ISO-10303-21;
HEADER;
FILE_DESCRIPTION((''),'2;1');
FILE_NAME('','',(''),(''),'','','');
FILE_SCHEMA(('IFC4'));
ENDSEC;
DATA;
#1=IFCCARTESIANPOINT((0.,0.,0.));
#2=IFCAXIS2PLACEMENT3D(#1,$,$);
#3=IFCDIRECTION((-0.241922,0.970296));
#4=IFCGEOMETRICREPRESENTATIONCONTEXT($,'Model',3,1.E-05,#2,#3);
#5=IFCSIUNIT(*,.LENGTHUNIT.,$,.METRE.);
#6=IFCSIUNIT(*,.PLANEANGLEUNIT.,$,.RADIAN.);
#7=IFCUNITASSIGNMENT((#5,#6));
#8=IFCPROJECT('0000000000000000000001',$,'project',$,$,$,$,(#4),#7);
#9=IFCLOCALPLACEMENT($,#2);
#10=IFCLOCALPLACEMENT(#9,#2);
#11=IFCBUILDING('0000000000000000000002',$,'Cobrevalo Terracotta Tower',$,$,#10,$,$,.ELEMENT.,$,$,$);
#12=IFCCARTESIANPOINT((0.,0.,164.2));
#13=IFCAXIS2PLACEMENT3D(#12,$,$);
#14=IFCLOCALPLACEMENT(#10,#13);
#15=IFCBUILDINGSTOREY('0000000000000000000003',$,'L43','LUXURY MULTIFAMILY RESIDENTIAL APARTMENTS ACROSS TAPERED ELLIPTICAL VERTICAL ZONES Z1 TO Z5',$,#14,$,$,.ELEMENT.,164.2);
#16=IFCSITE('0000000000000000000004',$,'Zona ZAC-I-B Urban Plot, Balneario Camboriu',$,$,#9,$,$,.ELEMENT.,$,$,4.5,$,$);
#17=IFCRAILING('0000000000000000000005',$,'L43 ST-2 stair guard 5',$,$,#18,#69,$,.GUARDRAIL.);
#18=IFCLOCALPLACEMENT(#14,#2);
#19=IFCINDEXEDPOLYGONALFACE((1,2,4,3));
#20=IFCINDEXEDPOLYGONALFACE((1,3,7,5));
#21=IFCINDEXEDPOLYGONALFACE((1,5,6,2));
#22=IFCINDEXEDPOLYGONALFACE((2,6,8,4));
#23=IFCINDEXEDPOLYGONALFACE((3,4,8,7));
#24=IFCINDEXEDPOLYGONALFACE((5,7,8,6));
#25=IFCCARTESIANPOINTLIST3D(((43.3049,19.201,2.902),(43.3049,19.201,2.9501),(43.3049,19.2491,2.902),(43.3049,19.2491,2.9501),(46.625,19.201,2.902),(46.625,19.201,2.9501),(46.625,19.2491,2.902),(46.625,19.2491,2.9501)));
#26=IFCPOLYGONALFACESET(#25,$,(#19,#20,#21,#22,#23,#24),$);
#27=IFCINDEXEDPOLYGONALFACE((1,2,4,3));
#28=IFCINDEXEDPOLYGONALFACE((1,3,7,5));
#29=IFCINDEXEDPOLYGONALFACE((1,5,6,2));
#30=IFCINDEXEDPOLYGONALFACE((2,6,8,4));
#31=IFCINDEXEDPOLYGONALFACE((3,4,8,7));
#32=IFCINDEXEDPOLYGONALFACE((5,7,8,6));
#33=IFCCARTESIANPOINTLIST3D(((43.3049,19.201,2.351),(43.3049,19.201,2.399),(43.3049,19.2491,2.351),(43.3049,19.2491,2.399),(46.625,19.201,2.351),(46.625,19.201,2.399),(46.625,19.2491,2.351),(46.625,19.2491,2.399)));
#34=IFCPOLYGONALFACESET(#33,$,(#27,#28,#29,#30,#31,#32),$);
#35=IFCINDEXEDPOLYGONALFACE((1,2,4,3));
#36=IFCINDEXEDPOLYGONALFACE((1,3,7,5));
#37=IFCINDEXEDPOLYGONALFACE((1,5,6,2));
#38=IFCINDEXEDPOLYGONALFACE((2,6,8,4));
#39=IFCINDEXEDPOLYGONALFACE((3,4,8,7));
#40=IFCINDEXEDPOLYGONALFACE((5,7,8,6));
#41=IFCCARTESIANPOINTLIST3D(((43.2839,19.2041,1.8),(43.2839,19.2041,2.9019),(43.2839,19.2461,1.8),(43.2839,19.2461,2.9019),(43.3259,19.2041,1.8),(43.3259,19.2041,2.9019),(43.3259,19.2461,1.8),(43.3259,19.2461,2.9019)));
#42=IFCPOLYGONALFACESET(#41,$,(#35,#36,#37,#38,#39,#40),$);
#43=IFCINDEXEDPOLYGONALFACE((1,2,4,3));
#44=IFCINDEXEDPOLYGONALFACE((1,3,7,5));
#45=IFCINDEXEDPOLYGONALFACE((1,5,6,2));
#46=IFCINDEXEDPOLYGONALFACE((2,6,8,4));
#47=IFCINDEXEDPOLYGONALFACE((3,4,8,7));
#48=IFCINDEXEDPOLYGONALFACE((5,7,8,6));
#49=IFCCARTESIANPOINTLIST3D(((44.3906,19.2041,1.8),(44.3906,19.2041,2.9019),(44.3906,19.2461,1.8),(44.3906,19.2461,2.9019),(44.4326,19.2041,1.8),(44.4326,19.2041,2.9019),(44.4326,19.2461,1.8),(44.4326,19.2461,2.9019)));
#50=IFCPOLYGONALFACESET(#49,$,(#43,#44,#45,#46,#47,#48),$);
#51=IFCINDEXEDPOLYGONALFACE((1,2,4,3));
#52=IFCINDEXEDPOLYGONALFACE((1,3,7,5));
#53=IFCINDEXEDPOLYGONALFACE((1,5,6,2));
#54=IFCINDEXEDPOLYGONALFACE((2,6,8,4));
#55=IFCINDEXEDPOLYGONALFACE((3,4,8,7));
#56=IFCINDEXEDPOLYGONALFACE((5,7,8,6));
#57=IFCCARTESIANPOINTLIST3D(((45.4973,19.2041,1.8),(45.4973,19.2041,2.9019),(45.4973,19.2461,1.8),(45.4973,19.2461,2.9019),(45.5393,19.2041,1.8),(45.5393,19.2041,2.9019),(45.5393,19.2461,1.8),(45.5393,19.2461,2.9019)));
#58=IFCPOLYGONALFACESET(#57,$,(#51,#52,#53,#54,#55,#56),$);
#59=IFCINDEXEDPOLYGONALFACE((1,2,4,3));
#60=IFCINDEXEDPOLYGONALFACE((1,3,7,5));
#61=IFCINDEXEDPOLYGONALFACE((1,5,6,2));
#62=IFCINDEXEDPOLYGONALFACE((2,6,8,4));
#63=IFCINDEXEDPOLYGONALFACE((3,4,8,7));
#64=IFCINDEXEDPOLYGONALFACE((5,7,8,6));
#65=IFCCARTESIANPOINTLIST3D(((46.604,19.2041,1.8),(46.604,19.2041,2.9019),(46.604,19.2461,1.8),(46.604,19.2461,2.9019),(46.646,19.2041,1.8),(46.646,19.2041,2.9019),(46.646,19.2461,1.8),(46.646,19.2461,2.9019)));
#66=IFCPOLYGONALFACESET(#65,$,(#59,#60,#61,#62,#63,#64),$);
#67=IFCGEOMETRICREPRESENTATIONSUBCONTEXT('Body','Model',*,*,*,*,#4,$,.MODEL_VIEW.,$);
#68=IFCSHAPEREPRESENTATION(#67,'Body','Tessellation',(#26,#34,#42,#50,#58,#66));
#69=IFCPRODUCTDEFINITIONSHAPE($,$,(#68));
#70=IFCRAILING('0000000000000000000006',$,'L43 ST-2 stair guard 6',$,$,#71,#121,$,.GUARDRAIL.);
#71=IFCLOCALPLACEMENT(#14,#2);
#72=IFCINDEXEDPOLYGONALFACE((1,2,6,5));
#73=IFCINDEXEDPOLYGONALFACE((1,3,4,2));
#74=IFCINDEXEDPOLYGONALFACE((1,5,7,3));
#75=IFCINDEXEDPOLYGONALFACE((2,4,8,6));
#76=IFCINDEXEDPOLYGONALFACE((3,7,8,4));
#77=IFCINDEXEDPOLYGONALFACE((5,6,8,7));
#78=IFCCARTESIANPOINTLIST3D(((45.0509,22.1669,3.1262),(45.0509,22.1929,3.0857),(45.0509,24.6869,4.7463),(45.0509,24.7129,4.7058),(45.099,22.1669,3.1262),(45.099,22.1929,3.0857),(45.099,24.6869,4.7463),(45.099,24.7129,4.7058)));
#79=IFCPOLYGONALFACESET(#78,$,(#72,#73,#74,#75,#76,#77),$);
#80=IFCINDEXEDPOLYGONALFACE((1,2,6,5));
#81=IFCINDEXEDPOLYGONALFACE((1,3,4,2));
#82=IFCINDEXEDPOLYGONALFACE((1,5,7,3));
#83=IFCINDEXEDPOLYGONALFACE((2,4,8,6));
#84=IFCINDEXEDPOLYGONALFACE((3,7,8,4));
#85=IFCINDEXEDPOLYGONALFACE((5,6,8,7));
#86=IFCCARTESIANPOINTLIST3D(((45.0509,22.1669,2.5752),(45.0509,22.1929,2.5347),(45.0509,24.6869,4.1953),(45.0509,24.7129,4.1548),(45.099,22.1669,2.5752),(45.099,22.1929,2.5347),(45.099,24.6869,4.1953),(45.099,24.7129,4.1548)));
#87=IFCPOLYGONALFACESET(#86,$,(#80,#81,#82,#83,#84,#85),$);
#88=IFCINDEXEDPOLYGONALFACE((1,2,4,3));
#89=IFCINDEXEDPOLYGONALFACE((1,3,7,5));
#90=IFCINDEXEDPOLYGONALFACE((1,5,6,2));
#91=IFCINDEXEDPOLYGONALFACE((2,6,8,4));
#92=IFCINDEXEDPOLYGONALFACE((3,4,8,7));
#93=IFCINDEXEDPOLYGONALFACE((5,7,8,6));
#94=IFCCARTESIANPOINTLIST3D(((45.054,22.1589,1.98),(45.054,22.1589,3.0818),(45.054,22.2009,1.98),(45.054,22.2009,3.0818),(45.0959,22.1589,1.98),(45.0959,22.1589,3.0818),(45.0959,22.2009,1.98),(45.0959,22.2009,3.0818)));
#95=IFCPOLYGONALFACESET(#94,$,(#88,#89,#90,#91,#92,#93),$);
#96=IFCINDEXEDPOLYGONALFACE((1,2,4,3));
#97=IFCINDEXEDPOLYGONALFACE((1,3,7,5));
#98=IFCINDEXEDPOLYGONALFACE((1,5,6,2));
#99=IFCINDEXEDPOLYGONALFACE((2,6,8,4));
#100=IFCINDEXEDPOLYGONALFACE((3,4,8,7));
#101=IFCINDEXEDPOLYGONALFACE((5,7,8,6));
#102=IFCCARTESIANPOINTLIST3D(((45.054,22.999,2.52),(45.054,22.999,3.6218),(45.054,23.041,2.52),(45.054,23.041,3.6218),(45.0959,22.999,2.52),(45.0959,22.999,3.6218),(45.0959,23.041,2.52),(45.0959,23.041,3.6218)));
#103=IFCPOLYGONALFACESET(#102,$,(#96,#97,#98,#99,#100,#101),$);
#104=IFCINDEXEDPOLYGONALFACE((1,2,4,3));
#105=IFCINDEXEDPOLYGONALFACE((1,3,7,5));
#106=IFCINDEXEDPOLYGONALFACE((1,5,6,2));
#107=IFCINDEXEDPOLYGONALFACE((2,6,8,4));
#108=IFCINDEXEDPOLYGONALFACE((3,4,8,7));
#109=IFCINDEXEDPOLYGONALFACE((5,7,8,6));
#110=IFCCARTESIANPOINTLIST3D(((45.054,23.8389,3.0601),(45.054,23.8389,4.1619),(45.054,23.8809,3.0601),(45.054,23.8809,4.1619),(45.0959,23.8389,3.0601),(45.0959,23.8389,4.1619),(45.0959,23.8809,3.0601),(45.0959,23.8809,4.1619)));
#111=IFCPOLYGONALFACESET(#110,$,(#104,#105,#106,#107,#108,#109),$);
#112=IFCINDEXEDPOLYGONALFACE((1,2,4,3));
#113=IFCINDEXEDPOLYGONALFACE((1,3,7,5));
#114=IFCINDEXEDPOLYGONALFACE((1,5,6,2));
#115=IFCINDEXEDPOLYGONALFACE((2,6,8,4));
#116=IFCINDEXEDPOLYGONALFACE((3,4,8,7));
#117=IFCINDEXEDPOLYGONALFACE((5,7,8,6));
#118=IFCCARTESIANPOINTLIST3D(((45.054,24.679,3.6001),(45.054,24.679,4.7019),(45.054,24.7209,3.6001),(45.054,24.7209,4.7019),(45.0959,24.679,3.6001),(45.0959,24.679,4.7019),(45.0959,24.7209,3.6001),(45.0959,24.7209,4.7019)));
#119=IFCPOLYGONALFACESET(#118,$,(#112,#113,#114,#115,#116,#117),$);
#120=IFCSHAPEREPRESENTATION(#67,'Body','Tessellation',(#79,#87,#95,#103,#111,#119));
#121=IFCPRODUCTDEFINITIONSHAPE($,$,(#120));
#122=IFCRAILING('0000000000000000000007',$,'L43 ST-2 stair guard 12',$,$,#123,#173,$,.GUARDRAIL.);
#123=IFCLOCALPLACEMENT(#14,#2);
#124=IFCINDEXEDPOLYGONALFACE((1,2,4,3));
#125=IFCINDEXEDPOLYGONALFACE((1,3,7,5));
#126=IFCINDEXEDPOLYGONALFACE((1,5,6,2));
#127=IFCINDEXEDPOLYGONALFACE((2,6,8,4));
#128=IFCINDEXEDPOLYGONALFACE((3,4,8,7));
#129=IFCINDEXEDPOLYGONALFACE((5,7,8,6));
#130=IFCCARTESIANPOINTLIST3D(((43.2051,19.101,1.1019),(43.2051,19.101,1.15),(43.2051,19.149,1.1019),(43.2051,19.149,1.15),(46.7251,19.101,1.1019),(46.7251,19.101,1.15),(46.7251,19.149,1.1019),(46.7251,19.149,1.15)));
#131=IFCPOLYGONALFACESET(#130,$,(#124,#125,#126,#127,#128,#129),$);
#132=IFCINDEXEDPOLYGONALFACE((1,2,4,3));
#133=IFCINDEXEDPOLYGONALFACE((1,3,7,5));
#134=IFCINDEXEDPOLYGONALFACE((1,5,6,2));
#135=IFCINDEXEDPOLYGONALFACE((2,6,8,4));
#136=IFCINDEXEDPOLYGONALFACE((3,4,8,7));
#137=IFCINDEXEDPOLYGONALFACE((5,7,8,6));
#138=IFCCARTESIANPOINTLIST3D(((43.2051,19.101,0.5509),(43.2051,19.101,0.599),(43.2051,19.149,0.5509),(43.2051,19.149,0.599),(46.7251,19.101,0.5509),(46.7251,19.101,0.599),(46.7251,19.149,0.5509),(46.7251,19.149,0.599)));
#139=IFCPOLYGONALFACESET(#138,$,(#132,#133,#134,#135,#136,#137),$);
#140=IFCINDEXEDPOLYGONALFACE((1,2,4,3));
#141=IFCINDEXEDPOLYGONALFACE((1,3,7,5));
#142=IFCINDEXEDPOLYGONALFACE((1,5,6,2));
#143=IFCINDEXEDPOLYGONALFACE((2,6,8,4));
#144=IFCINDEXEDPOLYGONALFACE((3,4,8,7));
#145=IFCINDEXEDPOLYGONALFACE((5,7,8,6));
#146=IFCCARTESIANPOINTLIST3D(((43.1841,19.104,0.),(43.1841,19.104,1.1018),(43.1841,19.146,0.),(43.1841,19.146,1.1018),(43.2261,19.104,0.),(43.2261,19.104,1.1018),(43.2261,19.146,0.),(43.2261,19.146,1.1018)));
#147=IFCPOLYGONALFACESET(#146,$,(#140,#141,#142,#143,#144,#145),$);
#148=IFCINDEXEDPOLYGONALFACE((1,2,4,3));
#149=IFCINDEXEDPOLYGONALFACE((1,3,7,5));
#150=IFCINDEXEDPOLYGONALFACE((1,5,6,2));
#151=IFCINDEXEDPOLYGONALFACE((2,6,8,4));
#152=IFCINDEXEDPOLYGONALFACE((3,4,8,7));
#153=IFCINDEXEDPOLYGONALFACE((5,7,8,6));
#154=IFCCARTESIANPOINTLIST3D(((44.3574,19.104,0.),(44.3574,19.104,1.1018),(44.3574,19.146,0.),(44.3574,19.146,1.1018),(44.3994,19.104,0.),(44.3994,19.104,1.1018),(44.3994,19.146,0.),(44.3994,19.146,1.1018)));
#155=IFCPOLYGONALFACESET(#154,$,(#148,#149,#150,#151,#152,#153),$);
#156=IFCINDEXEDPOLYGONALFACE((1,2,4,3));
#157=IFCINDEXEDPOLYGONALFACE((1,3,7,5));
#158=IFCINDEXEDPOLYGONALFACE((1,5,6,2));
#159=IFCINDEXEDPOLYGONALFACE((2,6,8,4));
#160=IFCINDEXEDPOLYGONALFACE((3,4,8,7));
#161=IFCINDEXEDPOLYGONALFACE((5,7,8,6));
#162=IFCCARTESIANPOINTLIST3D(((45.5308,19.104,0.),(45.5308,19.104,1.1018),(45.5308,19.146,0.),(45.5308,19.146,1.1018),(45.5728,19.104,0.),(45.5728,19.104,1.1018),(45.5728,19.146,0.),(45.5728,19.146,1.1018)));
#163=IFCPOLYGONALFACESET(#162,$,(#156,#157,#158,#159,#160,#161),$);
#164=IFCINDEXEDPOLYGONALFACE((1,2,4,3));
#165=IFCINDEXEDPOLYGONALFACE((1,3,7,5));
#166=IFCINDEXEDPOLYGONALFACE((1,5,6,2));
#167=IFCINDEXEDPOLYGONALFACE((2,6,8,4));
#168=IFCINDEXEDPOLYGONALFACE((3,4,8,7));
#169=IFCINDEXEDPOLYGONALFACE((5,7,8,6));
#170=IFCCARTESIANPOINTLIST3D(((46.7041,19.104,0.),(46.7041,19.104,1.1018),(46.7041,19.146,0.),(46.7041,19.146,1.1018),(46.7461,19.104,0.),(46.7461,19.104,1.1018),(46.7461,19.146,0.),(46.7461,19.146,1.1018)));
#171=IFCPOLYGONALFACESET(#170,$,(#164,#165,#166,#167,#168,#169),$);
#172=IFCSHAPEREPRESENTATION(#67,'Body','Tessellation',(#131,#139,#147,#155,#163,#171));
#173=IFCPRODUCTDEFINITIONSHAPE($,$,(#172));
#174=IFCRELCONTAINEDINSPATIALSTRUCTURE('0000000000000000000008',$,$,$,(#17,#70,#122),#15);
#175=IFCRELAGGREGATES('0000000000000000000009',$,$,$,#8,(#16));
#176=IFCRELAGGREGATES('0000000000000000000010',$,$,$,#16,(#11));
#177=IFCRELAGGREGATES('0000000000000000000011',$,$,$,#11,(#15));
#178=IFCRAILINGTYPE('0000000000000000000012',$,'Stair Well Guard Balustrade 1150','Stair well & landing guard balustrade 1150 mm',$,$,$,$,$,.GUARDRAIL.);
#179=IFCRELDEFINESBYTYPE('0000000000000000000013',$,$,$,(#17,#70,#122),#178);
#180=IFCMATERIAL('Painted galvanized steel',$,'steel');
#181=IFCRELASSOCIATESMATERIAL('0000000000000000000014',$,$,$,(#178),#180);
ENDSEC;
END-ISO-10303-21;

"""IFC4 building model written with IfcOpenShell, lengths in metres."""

from ifc_helpers import new_model, si_unit, direction, frame, origin, origin_2d, place, context, subcontext, project, spatial, rectangle, extrude, material, type_object, element, save


model = new_model("IFC4")

# Units and contexts
model_context = context("Model", 3, precision=1e-05, world=origin(), true_north=direction((-0.241922, 0.970296)))
body_context = subcontext(model_context, "Body", "Model", "MODEL_VIEW")
ifc_project = project(units=[si_unit("LENGTHUNIT", "METRE"), si_unit("PLANEANGLEUNIT", "RADIAN")], contexts=[model_context])

# Site, building, storey
site_placement = place(None, origin())
site = spatial("IfcSite", under=ifc_project, at=site_placement, Name="Zona ZAC-I-B Urban Plot, Balneario Camboriu", CompositionType="ELEMENT", RefElevation=4.5)
building_placement = place(site_placement, origin())
building = spatial("IfcBuilding", under=site, at=building_placement, Name="Cobrevalo Terracotta Tower", CompositionType="ELEMENT")
storey_placement = place(building_placement, frame((0.0, 0.0, 164.2)))
storey = spatial("IfcBuildingStorey", under=building, at=storey_placement, Name="L43", Description="LUXURY MULTIFAMILY RESIDENTIAL APARTMENTS ACROSS TAPERED ELLIPTICAL VERTICAL ZONES Z1 TO Z5", CompositionType="ELEMENT", Elevation=164.2)

# Railings
ifc_material_1 = material(Name="Painted galvanized steel", Category="steel")
railing_type_1 = type_object("IfcRailingType", Name="Stair Well Guard Balustrade 1150", Description="Stair well & landing guard balustrade 1150 mm", PredefinedType="GUARDRAIL", material=ifc_material_1)
railing_1_placement = place(storey_placement, frame((43.3049, 19.2251, 1.8)))
element("IfcRailing", 1, at=railing_1_placement, inside=storey, type_object=railing_type_1, Name="L43 ST-2 stair guard 5", PredefinedType="GUARDRAIL", context=body_context, shape_type="SweptSolid", body=[
    extrude(rectangle(XDim=0.0481, YDim=0.0481, at=origin_2d()), frame((0.0, 0.0, 1.126), z_axis=(1.0, 0.0, 0.0), x_axis=(0.0, 1.0, 0.0)), (0.0, 0.0, 1.0), 3.3201),
    extrude(rectangle(XDim=0.0481, YDim=0.0481, at=origin_2d()), frame((0.0, 0.0, 0.575), z_axis=(1.0, 0.0, 0.0), x_axis=(0.0, 1.0, 0.0)), (0.0, 0.0, 1.0), 3.3201),
    extrude(rectangle(XDim=0.042, YDim=0.042, at=origin_2d()), origin(), (0.0, 0.0, 1.0), 1.1018),
    extrude(rectangle(XDim=0.042, YDim=0.042, at=origin_2d()), frame((1.1067, 0.0, 0.0)), (0.0, 0.0, 1.0), 1.1018),
    extrude(rectangle(XDim=0.042, YDim=0.042, at=origin_2d()), frame((2.2134, 0.0, 0.0)), (0.0, 0.0, 1.0), 1.1018),
    extrude(rectangle(XDim=0.042, YDim=0.042, at=origin_2d()), frame((3.3201, 0.0, 0.0)), (0.0, 0.0, 1.0), 1.1018),
])
railing_2_placement = place(storey_placement, frame((45.075, 22.1799, 1.98)))
element("IfcRailing", 2, at=railing_2_placement, inside=storey, type_object=railing_type_1, Name="L43 ST-2 stair guard 6", PredefinedType="GUARDRAIL", context=body_context, shape_type="SweptSolid", body=[
    extrude(rectangle(XDim=0.0481, YDim=0.0481, at=origin_2d()), frame((0.0, 0.0, 1.126), z_axis=(0.0, 0.841163, 0.540782), x_axis=(-1.0, 0.0, 0.0)), (0.0, 0.0, 1.0), 2.9958),
    extrude(rectangle(XDim=0.0481, YDim=0.0481, at=origin_2d()), frame((0.0, 0.0, 0.575), z_axis=(0.0, 0.841163, 0.540782), x_axis=(-1.0, 0.0, 0.0)), (0.0, 0.0, 1.0), 2.9958),
    extrude(rectangle(XDim=0.042, YDim=0.042, at=origin_2d()), origin(), (0.0, 0.0, 1.0), 1.1018),
    extrude(rectangle(XDim=0.042, YDim=0.042, at=origin_2d()), frame((0.0, 0.8401, 0.54)), (0.0, 0.0, 1.0), 1.1018),
    extrude(rectangle(XDim=0.042, YDim=0.042, at=origin_2d()), frame((0.0, 1.6799, 1.0801)), (0.0, 0.0, 1.0), 1.1018),
    extrude(rectangle(XDim=0.042, YDim=0.042, at=origin_2d()), frame((0.0, 2.52, 1.6201)), (0.0, 0.0, 1.0), 1.1018),
])
railing_3_placement = place(storey_placement, frame((43.2051, 19.125, 0.0)))
element("IfcRailing", 3, at=railing_3_placement, inside=storey, type_object=railing_type_1, Name="L43 ST-2 stair guard 12", PredefinedType="GUARDRAIL", context=body_context, shape_type="SweptSolid", body=[
    extrude(rectangle(XDim=0.0481, YDim=0.0481, at=origin_2d()), frame((0.0, 0.0, 1.126), z_axis=(1.0, 0.0, 0.0), x_axis=(0.0, 1.0, 0.0)), (0.0, 0.0, 1.0), 3.52),
    extrude(rectangle(XDim=0.0481, YDim=0.0481, at=origin_2d()), frame((0.0, 0.0, 0.575), z_axis=(1.0, 0.0, 0.0), x_axis=(0.0, 1.0, 0.0)), (0.0, 0.0, 1.0), 3.52),
    extrude(rectangle(XDim=0.042, YDim=0.042, at=origin_2d()), origin(), (0.0, 0.0, 1.0), 1.1018),
    extrude(rectangle(XDim=0.042, YDim=0.042, at=origin_2d()), frame((1.1733, 0.0, 0.0)), (0.0, 0.0, 1.0), 1.1018),
    extrude(rectangle(XDim=0.042, YDim=0.042, at=origin_2d()), frame((2.3467, 0.0, 0.0)), (0.0, 0.0, 1.0), 1.1018),
    extrude(rectangle(XDim=0.042, YDim=0.042, at=origin_2d()), frame((3.52, 0.0, 0.0)), (0.0, 0.0, 1.0), 1.1018),
])

save(model, "model.ifc")
